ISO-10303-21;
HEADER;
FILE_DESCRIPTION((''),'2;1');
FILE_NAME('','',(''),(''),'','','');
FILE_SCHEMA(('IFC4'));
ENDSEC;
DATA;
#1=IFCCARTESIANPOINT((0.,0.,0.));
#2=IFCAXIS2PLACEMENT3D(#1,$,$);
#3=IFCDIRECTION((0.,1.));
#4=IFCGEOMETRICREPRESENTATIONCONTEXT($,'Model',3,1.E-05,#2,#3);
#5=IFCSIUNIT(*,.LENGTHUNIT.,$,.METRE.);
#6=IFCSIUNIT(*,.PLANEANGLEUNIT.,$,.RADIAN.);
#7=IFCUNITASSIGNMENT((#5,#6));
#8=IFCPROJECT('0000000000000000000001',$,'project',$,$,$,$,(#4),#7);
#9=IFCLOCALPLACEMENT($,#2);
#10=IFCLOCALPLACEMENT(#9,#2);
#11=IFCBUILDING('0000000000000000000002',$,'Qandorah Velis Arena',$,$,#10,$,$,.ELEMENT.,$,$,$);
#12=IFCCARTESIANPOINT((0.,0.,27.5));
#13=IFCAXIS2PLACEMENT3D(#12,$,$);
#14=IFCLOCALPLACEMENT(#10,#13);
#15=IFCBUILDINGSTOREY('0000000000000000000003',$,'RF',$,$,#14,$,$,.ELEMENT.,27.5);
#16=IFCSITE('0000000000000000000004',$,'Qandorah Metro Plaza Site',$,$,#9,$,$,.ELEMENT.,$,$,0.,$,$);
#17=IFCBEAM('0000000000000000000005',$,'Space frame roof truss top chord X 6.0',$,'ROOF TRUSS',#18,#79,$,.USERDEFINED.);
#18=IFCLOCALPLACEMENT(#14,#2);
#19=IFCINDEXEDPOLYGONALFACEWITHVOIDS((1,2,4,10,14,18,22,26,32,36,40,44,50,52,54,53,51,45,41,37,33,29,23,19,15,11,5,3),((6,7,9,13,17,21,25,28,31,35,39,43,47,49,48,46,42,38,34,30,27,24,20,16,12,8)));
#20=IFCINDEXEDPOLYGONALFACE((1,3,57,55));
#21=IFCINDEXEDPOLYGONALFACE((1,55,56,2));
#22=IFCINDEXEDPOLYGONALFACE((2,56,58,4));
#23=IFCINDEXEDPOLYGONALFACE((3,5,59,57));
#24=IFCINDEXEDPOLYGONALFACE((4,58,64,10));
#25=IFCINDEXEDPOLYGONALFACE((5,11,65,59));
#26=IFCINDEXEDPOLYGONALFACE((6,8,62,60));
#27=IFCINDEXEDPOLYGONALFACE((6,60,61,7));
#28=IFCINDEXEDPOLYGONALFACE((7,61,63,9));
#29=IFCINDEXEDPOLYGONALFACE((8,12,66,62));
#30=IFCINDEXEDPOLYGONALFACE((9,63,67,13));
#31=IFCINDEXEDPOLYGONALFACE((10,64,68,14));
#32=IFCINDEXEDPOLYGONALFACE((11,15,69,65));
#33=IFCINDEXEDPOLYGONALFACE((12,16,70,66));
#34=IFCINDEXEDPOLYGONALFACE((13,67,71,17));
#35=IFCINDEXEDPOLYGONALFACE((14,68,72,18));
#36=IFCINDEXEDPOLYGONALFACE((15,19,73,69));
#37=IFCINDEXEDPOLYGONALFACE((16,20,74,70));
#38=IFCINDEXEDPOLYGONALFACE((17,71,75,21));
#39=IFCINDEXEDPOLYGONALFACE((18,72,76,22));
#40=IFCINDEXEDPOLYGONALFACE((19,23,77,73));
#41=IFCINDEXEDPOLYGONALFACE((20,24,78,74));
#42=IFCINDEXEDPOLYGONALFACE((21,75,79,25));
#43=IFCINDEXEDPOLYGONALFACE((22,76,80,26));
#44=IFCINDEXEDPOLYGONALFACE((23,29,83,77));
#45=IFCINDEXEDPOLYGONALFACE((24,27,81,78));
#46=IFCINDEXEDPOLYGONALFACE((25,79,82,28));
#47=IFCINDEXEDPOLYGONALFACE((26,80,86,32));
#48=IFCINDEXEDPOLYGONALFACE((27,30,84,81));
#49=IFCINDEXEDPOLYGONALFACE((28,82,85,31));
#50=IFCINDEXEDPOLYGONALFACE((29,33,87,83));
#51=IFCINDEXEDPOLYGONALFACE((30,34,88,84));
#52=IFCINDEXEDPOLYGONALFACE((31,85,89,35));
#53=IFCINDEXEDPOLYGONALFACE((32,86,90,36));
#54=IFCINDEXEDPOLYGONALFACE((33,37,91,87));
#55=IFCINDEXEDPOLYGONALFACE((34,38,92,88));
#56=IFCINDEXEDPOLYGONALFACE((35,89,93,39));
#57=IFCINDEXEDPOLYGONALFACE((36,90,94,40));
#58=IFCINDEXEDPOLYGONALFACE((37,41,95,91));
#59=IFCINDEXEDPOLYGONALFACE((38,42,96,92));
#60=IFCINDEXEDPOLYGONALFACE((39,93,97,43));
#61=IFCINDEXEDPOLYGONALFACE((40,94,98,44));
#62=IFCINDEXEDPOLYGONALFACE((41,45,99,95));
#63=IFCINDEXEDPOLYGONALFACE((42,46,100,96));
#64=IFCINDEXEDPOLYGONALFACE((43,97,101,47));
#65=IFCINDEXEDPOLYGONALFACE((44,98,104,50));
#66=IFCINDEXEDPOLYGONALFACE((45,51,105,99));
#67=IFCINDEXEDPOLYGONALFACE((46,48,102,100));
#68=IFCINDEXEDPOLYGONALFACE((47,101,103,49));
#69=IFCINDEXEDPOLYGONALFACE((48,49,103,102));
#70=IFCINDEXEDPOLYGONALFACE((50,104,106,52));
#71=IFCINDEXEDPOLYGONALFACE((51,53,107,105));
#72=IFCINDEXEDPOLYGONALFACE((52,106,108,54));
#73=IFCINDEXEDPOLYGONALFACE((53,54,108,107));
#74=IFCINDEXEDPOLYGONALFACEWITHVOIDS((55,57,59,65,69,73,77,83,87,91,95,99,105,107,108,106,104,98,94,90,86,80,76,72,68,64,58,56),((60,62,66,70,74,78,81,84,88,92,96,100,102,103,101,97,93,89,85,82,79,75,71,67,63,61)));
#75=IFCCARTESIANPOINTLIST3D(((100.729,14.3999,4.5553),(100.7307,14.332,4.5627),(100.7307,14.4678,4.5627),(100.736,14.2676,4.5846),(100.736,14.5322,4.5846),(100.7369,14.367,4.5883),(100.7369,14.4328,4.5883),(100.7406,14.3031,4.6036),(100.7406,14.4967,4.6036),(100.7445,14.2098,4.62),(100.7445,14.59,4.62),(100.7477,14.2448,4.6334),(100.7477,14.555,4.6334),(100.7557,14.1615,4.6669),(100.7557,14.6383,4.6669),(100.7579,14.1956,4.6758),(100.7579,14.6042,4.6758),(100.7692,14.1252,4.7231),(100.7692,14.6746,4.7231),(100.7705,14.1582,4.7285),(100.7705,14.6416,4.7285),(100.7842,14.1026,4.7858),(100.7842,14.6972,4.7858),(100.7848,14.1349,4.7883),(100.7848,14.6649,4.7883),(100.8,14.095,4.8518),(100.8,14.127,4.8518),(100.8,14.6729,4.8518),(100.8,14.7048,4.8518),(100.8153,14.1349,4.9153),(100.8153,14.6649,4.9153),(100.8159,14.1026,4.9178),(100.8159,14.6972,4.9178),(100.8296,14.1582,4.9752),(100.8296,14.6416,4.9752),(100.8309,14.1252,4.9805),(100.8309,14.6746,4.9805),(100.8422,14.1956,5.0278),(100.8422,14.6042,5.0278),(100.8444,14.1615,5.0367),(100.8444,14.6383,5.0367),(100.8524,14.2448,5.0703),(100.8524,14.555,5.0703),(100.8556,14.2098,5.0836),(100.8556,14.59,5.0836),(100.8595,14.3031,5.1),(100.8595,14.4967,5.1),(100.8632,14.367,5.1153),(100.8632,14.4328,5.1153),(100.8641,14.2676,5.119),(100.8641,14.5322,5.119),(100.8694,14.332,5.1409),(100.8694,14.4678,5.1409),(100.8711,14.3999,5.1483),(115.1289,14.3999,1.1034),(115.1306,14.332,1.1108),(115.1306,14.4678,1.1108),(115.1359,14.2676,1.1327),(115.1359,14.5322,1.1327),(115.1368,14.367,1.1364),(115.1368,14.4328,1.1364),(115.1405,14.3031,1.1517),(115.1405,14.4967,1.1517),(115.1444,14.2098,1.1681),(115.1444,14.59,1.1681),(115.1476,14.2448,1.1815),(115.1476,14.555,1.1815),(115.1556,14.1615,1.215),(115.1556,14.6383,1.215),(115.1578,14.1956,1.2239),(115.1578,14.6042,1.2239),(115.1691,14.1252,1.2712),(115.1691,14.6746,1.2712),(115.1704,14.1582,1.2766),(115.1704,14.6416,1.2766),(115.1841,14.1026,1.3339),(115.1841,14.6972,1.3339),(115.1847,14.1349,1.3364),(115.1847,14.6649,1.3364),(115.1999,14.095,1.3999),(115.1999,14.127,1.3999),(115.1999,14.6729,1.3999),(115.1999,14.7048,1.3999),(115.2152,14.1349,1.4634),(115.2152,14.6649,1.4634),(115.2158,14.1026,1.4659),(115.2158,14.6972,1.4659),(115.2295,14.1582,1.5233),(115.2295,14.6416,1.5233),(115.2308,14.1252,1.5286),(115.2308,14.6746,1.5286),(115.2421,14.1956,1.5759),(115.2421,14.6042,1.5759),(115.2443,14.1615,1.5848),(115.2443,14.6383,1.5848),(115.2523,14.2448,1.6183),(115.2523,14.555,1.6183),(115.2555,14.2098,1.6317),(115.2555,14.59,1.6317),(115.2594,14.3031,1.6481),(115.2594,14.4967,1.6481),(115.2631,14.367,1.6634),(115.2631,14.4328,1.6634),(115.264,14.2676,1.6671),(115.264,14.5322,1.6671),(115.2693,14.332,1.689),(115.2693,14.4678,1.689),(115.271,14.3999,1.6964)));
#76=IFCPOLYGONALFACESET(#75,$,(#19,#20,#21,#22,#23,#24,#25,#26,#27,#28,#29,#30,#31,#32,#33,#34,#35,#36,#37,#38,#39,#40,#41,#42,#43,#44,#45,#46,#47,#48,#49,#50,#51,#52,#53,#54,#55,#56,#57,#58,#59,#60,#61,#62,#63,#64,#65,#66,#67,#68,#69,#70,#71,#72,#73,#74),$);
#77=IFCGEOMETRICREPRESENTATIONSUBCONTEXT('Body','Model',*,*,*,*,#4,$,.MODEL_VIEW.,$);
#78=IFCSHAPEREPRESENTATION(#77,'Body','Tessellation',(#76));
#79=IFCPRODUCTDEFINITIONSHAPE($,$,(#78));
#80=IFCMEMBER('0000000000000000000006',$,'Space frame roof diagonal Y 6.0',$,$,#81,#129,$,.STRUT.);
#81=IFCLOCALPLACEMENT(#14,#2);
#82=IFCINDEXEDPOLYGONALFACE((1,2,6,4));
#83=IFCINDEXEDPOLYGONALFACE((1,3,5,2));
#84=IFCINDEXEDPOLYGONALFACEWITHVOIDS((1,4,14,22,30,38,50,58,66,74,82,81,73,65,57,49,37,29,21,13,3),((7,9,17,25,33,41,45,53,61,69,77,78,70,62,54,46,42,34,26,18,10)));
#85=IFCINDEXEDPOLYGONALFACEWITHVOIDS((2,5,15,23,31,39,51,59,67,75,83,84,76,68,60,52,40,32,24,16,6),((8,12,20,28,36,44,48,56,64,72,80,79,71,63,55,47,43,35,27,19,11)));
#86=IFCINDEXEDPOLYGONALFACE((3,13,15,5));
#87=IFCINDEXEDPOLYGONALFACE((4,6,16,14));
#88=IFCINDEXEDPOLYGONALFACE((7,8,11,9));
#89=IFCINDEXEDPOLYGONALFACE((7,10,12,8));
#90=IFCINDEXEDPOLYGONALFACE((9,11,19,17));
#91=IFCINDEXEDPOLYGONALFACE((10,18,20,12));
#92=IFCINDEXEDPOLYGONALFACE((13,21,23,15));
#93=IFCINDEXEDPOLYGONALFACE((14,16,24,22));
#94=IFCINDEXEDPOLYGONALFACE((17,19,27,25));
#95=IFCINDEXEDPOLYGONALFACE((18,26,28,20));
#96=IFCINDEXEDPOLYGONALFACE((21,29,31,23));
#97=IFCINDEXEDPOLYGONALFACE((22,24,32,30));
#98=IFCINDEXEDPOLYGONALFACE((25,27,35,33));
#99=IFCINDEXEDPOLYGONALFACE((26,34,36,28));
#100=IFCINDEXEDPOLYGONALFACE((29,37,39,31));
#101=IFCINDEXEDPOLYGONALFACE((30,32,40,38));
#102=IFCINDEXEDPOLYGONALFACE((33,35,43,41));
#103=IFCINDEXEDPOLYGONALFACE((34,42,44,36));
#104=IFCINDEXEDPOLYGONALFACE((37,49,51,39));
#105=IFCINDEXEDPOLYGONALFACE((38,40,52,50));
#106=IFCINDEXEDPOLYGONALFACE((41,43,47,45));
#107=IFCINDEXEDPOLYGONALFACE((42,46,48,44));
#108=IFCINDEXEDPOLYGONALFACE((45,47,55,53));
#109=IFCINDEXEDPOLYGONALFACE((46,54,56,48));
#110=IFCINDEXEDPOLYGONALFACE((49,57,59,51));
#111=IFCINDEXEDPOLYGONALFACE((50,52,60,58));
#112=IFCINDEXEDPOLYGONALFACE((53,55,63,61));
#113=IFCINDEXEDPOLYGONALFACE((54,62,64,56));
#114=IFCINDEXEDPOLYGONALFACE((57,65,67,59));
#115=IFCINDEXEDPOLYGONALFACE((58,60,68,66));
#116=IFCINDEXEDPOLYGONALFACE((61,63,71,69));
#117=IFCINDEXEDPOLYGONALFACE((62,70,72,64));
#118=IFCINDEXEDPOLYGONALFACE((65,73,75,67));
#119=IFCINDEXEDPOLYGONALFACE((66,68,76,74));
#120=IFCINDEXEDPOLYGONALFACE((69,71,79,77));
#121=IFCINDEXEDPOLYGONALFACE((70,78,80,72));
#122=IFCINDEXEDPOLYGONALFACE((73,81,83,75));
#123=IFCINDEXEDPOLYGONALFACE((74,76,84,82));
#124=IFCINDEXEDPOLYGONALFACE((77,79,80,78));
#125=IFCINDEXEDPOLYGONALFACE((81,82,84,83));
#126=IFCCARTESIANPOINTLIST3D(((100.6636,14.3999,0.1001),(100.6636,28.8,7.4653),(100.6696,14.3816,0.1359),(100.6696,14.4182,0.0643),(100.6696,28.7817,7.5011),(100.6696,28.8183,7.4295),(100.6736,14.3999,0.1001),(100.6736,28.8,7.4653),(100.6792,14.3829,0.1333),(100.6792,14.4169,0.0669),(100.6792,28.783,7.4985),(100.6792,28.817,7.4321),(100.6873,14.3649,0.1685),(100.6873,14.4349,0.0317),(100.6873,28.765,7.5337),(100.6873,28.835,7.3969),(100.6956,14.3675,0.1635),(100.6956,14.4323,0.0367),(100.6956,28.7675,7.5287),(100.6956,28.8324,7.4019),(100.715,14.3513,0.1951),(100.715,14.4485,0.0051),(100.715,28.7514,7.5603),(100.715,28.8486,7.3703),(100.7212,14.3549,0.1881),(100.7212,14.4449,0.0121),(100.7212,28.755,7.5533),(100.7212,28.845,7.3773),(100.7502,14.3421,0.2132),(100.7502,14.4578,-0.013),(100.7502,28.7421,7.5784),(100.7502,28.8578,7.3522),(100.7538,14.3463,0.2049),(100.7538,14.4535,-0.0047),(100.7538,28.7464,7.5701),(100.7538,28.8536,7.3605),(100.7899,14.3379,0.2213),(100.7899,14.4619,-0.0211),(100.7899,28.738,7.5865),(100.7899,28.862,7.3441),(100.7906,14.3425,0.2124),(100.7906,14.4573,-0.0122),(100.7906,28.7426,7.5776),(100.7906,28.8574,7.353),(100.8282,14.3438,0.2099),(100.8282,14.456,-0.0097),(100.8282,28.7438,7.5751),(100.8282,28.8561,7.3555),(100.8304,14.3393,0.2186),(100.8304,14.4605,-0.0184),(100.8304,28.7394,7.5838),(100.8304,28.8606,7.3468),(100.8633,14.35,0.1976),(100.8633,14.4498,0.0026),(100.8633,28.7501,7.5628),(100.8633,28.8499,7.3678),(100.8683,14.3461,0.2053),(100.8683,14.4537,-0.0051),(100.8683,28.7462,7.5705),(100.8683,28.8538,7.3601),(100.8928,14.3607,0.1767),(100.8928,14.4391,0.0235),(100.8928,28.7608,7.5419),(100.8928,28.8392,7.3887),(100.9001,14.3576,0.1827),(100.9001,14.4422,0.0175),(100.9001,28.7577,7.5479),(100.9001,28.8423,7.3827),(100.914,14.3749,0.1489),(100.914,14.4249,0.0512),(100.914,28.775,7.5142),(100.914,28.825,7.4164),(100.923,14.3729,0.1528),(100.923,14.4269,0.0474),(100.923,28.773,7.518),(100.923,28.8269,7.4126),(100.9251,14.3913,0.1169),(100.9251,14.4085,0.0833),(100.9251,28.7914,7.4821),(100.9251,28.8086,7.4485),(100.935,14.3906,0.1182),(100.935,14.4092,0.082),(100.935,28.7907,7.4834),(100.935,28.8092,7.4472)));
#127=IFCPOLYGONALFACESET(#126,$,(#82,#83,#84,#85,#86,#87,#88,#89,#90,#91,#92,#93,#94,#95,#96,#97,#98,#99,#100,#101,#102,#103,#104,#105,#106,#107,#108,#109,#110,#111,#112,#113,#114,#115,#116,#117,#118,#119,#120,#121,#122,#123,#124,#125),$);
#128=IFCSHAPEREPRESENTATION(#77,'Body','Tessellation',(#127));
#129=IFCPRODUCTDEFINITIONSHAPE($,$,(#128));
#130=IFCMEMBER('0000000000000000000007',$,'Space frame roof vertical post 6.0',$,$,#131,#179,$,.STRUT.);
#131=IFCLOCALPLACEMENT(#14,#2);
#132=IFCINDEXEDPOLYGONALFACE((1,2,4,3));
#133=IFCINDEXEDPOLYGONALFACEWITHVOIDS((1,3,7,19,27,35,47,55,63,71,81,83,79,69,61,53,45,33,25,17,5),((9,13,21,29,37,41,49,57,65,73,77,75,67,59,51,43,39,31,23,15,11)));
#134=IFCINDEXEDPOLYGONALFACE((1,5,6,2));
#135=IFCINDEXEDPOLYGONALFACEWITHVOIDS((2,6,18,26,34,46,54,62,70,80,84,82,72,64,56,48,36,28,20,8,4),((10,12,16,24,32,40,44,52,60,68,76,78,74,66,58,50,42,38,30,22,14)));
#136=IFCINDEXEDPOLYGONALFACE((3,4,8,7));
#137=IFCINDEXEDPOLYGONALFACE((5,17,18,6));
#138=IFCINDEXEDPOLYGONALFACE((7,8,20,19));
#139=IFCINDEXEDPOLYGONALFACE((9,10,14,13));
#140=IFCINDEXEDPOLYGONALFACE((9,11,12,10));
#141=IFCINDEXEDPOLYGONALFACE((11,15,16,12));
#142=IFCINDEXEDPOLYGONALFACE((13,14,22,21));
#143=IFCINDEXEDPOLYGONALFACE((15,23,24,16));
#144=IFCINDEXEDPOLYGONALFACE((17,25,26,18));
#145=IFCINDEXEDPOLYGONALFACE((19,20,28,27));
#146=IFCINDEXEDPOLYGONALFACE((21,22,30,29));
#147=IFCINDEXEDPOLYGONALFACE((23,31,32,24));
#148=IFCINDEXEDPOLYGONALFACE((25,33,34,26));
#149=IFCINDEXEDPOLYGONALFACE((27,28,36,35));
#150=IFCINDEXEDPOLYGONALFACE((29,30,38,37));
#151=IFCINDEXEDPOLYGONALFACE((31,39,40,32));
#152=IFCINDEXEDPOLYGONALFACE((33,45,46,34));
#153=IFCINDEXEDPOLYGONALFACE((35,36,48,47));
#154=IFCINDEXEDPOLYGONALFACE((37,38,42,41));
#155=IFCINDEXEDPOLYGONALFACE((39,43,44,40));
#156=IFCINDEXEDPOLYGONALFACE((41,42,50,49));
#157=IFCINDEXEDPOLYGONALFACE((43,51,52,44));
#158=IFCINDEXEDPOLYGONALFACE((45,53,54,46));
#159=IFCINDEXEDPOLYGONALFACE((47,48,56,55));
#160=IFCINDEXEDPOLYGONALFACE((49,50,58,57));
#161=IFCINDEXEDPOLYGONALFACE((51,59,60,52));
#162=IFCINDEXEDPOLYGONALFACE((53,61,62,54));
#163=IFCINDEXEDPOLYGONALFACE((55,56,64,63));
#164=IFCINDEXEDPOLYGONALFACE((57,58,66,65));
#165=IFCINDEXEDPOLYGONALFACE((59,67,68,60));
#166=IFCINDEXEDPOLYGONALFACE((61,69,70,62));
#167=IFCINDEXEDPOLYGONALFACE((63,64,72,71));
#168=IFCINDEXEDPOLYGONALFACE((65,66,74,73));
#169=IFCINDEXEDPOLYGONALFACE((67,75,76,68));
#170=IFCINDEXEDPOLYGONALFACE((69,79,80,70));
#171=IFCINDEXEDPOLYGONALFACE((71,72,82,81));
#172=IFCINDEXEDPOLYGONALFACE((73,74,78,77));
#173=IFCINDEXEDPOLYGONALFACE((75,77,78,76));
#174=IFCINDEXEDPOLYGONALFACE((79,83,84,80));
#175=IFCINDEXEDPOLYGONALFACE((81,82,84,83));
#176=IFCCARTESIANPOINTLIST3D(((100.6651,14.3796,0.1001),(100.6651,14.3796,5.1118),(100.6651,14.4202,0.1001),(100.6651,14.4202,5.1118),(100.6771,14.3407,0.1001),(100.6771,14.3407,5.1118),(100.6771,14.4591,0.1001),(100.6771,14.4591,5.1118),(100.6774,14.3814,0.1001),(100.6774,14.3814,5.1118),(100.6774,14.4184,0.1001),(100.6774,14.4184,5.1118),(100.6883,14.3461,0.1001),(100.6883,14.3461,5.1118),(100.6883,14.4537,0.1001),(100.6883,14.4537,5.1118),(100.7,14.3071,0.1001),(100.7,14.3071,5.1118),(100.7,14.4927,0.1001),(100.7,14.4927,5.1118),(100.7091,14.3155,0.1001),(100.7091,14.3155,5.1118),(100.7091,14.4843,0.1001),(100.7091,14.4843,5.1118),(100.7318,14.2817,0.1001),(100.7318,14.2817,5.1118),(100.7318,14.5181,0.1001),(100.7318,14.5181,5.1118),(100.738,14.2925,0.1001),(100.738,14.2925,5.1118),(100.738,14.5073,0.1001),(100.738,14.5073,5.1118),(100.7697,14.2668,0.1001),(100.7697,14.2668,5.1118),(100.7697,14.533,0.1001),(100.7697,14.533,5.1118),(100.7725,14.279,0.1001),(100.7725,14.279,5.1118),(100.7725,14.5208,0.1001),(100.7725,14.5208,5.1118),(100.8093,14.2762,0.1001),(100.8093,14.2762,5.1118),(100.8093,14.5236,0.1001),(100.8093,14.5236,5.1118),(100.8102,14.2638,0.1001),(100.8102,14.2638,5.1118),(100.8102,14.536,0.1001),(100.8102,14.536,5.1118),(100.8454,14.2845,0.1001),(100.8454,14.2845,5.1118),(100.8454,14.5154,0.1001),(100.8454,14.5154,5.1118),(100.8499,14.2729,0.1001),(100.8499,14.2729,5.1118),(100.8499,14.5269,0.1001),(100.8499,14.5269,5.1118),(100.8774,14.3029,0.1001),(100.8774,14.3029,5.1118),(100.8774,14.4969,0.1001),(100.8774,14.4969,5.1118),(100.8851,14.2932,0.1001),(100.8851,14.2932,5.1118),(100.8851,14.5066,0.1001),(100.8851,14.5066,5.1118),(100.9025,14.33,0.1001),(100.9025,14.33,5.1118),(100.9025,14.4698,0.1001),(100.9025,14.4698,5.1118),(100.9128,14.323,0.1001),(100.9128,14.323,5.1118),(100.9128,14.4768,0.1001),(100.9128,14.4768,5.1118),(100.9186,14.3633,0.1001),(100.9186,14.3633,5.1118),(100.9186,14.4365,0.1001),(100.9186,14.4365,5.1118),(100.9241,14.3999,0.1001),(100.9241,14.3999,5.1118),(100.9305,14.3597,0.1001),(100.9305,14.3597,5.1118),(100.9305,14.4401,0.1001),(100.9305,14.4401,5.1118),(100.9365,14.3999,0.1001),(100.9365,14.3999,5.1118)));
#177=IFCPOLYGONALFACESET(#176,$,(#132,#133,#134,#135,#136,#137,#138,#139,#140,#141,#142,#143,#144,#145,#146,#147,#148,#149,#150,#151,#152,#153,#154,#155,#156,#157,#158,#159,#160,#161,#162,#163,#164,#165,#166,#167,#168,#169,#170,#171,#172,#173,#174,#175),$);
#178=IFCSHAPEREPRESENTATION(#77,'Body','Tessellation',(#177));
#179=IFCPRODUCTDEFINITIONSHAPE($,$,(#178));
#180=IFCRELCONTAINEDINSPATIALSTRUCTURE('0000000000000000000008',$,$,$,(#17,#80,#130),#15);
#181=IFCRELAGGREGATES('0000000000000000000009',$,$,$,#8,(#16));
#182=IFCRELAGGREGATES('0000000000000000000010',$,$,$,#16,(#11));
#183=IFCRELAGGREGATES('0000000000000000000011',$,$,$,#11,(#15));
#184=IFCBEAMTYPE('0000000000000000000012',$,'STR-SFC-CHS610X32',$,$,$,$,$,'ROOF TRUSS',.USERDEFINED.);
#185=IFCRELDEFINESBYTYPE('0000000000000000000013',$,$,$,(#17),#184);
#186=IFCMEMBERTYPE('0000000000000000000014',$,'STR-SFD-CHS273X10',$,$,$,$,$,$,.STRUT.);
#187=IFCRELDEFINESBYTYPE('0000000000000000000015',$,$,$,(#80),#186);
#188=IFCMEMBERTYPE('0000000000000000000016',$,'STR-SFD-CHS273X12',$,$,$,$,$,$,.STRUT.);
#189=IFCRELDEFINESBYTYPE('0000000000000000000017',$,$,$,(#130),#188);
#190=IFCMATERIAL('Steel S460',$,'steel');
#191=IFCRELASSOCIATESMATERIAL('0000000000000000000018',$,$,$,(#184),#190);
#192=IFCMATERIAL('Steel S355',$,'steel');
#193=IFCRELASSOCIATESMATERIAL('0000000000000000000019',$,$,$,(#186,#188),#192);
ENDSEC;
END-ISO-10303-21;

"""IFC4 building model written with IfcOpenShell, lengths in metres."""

from ifc_helpers import new_model, si_unit, direction, frame, origin, origin_2d, place, context, subcontext, project, spatial, hollow_circle, extrude, material, material_profile, profile_set, type_object, element, save


model = new_model("IFC4")

# Units and contexts
model_context = context("Model", 3, precision=1e-05, world=origin(), true_north=direction((0.0, 1.0)))
body_context = subcontext(model_context, "Body", "Model", "MODEL_VIEW")
ifc_project = project(units=[si_unit("LENGTHUNIT", "METRE"), si_unit("PLANEANGLEUNIT", "RADIAN")], contexts=[model_context])

# Site, building, storey
site_placement = place(None, origin())
site = spatial("IfcSite", under=ifc_project, at=site_placement, Name="Qandorah Metro Plaza Site", CompositionType="ELEMENT", RefElevation=0.0)
building_placement = place(site_placement, origin())
building = spatial("IfcBuilding", under=site, at=building_placement, Name="Qandorah Velis Arena", CompositionType="ELEMENT")
storey_placement = place(building_placement, frame((0.0, 0.0, 27.5)))
storey = spatial("IfcBuildingStorey", under=building, at=storey_placement, Name="RF", CompositionType="ELEMENT", Elevation=27.5)

# Beam
ifc_material_1 = material(Name="Steel S355", Category="steel")
ifc_material_2 = material(Name="Steel S460", Category="steel")
ifc_material_profile_1 = material_profile(ifc_material_2, hollow_circle(Radius=0.3049, WallThickness=0.032, at=origin_2d()), Name="CHS 610x32")
ifc_profile_set_1 = profile_set([ifc_material_profile_1], Name="Steel S460")
beam_type_1 = type_object("IfcBeamType", Name="STR-SFC-CHS610X32", ElementType="ROOF TRUSS", PredefinedType="USERDEFINED", material=ifc_profile_set_1)
beam_1_placement = place(storey_placement, frame((100.8, 14.3999, 4.8518), z_axis=(0.97245, 0.0, -0.233113), x_axis=(0.0, 1.0, 0.0)))
element("IfcBeam", 1, at=beam_1_placement, inside=storey, type_object=beam_type_1, Name="Space frame roof truss top chord X 6.0", ObjectType="ROOF TRUSS", PredefinedType="USERDEFINED", context=body_context, shape_type="SweptSolid", body=[
    extrude(hollow_circle(Radius=0.3049, WallThickness=0.032, at=origin_2d()), origin(), (0.0, 0.0, 1.0), 14.8079),
])

# Members
ifc_material_profile_2 = material_profile(ifc_material_1, hollow_circle(Radius=0.1365, WallThickness=0.01, at=origin_2d()), Name="CHS 273x10")
ifc_profile_set_2 = profile_set([ifc_material_profile_2], Name="Steel S355")
member_type_1 = type_object("IfcMemberType", Name="STR-SFD-CHS273X10", PredefinedType="STRUT", material=ifc_profile_set_2)
member_1_placement = place(storey_placement, frame((100.8, 14.3999, 0.1001), z_axis=(0.0, 0.890305, 0.455364), x_axis=(-1.0, 0.0, 0.0)))
element("IfcMember", 2, at=member_1_placement, inside=storey, type_object=member_type_1, Name="Space frame roof diagonal Y 6.0", PredefinedType="STRUT", context=body_context, shape_type="SweptSolid", body=[
    extrude(hollow_circle(Radius=0.1365, WallThickness=0.01, at=origin_2d()), origin(), (0.0, 0.0, 1.0), 16.1743),
])
ifc_material_profile_3 = material_profile(ifc_material_1, hollow_circle(Radius=0.1365, WallThickness=0.0125, at=origin_2d()), Name="CHS 273x12.5")
ifc_profile_set_3 = profile_set([ifc_material_profile_3], Name="Steel S355")
member_type_2 = type_object("IfcMemberType", Name="STR-SFD-CHS273X12", PredefinedType="STRUT", material=ifc_profile_set_3)
member_2_placement = place(storey_placement, frame((100.8, 14.3999, 0.1001), z_axis=(0.0, 0.0, 1.0), x_axis=(1.0, 0.0, 0.0)))
element("IfcMember", 3, at=member_2_placement, inside=storey, type_object=member_type_2, Name="Space frame roof vertical post 6.0", PredefinedType="STRUT", context=body_context, shape_type="SweptSolid", body=[
    extrude(hollow_circle(Radius=0.1365, WallThickness=0.0125, at=origin_2d()), origin(), (0.0, 0.0, 1.0), 5.0117),
])

save(model, "model.ifc")
